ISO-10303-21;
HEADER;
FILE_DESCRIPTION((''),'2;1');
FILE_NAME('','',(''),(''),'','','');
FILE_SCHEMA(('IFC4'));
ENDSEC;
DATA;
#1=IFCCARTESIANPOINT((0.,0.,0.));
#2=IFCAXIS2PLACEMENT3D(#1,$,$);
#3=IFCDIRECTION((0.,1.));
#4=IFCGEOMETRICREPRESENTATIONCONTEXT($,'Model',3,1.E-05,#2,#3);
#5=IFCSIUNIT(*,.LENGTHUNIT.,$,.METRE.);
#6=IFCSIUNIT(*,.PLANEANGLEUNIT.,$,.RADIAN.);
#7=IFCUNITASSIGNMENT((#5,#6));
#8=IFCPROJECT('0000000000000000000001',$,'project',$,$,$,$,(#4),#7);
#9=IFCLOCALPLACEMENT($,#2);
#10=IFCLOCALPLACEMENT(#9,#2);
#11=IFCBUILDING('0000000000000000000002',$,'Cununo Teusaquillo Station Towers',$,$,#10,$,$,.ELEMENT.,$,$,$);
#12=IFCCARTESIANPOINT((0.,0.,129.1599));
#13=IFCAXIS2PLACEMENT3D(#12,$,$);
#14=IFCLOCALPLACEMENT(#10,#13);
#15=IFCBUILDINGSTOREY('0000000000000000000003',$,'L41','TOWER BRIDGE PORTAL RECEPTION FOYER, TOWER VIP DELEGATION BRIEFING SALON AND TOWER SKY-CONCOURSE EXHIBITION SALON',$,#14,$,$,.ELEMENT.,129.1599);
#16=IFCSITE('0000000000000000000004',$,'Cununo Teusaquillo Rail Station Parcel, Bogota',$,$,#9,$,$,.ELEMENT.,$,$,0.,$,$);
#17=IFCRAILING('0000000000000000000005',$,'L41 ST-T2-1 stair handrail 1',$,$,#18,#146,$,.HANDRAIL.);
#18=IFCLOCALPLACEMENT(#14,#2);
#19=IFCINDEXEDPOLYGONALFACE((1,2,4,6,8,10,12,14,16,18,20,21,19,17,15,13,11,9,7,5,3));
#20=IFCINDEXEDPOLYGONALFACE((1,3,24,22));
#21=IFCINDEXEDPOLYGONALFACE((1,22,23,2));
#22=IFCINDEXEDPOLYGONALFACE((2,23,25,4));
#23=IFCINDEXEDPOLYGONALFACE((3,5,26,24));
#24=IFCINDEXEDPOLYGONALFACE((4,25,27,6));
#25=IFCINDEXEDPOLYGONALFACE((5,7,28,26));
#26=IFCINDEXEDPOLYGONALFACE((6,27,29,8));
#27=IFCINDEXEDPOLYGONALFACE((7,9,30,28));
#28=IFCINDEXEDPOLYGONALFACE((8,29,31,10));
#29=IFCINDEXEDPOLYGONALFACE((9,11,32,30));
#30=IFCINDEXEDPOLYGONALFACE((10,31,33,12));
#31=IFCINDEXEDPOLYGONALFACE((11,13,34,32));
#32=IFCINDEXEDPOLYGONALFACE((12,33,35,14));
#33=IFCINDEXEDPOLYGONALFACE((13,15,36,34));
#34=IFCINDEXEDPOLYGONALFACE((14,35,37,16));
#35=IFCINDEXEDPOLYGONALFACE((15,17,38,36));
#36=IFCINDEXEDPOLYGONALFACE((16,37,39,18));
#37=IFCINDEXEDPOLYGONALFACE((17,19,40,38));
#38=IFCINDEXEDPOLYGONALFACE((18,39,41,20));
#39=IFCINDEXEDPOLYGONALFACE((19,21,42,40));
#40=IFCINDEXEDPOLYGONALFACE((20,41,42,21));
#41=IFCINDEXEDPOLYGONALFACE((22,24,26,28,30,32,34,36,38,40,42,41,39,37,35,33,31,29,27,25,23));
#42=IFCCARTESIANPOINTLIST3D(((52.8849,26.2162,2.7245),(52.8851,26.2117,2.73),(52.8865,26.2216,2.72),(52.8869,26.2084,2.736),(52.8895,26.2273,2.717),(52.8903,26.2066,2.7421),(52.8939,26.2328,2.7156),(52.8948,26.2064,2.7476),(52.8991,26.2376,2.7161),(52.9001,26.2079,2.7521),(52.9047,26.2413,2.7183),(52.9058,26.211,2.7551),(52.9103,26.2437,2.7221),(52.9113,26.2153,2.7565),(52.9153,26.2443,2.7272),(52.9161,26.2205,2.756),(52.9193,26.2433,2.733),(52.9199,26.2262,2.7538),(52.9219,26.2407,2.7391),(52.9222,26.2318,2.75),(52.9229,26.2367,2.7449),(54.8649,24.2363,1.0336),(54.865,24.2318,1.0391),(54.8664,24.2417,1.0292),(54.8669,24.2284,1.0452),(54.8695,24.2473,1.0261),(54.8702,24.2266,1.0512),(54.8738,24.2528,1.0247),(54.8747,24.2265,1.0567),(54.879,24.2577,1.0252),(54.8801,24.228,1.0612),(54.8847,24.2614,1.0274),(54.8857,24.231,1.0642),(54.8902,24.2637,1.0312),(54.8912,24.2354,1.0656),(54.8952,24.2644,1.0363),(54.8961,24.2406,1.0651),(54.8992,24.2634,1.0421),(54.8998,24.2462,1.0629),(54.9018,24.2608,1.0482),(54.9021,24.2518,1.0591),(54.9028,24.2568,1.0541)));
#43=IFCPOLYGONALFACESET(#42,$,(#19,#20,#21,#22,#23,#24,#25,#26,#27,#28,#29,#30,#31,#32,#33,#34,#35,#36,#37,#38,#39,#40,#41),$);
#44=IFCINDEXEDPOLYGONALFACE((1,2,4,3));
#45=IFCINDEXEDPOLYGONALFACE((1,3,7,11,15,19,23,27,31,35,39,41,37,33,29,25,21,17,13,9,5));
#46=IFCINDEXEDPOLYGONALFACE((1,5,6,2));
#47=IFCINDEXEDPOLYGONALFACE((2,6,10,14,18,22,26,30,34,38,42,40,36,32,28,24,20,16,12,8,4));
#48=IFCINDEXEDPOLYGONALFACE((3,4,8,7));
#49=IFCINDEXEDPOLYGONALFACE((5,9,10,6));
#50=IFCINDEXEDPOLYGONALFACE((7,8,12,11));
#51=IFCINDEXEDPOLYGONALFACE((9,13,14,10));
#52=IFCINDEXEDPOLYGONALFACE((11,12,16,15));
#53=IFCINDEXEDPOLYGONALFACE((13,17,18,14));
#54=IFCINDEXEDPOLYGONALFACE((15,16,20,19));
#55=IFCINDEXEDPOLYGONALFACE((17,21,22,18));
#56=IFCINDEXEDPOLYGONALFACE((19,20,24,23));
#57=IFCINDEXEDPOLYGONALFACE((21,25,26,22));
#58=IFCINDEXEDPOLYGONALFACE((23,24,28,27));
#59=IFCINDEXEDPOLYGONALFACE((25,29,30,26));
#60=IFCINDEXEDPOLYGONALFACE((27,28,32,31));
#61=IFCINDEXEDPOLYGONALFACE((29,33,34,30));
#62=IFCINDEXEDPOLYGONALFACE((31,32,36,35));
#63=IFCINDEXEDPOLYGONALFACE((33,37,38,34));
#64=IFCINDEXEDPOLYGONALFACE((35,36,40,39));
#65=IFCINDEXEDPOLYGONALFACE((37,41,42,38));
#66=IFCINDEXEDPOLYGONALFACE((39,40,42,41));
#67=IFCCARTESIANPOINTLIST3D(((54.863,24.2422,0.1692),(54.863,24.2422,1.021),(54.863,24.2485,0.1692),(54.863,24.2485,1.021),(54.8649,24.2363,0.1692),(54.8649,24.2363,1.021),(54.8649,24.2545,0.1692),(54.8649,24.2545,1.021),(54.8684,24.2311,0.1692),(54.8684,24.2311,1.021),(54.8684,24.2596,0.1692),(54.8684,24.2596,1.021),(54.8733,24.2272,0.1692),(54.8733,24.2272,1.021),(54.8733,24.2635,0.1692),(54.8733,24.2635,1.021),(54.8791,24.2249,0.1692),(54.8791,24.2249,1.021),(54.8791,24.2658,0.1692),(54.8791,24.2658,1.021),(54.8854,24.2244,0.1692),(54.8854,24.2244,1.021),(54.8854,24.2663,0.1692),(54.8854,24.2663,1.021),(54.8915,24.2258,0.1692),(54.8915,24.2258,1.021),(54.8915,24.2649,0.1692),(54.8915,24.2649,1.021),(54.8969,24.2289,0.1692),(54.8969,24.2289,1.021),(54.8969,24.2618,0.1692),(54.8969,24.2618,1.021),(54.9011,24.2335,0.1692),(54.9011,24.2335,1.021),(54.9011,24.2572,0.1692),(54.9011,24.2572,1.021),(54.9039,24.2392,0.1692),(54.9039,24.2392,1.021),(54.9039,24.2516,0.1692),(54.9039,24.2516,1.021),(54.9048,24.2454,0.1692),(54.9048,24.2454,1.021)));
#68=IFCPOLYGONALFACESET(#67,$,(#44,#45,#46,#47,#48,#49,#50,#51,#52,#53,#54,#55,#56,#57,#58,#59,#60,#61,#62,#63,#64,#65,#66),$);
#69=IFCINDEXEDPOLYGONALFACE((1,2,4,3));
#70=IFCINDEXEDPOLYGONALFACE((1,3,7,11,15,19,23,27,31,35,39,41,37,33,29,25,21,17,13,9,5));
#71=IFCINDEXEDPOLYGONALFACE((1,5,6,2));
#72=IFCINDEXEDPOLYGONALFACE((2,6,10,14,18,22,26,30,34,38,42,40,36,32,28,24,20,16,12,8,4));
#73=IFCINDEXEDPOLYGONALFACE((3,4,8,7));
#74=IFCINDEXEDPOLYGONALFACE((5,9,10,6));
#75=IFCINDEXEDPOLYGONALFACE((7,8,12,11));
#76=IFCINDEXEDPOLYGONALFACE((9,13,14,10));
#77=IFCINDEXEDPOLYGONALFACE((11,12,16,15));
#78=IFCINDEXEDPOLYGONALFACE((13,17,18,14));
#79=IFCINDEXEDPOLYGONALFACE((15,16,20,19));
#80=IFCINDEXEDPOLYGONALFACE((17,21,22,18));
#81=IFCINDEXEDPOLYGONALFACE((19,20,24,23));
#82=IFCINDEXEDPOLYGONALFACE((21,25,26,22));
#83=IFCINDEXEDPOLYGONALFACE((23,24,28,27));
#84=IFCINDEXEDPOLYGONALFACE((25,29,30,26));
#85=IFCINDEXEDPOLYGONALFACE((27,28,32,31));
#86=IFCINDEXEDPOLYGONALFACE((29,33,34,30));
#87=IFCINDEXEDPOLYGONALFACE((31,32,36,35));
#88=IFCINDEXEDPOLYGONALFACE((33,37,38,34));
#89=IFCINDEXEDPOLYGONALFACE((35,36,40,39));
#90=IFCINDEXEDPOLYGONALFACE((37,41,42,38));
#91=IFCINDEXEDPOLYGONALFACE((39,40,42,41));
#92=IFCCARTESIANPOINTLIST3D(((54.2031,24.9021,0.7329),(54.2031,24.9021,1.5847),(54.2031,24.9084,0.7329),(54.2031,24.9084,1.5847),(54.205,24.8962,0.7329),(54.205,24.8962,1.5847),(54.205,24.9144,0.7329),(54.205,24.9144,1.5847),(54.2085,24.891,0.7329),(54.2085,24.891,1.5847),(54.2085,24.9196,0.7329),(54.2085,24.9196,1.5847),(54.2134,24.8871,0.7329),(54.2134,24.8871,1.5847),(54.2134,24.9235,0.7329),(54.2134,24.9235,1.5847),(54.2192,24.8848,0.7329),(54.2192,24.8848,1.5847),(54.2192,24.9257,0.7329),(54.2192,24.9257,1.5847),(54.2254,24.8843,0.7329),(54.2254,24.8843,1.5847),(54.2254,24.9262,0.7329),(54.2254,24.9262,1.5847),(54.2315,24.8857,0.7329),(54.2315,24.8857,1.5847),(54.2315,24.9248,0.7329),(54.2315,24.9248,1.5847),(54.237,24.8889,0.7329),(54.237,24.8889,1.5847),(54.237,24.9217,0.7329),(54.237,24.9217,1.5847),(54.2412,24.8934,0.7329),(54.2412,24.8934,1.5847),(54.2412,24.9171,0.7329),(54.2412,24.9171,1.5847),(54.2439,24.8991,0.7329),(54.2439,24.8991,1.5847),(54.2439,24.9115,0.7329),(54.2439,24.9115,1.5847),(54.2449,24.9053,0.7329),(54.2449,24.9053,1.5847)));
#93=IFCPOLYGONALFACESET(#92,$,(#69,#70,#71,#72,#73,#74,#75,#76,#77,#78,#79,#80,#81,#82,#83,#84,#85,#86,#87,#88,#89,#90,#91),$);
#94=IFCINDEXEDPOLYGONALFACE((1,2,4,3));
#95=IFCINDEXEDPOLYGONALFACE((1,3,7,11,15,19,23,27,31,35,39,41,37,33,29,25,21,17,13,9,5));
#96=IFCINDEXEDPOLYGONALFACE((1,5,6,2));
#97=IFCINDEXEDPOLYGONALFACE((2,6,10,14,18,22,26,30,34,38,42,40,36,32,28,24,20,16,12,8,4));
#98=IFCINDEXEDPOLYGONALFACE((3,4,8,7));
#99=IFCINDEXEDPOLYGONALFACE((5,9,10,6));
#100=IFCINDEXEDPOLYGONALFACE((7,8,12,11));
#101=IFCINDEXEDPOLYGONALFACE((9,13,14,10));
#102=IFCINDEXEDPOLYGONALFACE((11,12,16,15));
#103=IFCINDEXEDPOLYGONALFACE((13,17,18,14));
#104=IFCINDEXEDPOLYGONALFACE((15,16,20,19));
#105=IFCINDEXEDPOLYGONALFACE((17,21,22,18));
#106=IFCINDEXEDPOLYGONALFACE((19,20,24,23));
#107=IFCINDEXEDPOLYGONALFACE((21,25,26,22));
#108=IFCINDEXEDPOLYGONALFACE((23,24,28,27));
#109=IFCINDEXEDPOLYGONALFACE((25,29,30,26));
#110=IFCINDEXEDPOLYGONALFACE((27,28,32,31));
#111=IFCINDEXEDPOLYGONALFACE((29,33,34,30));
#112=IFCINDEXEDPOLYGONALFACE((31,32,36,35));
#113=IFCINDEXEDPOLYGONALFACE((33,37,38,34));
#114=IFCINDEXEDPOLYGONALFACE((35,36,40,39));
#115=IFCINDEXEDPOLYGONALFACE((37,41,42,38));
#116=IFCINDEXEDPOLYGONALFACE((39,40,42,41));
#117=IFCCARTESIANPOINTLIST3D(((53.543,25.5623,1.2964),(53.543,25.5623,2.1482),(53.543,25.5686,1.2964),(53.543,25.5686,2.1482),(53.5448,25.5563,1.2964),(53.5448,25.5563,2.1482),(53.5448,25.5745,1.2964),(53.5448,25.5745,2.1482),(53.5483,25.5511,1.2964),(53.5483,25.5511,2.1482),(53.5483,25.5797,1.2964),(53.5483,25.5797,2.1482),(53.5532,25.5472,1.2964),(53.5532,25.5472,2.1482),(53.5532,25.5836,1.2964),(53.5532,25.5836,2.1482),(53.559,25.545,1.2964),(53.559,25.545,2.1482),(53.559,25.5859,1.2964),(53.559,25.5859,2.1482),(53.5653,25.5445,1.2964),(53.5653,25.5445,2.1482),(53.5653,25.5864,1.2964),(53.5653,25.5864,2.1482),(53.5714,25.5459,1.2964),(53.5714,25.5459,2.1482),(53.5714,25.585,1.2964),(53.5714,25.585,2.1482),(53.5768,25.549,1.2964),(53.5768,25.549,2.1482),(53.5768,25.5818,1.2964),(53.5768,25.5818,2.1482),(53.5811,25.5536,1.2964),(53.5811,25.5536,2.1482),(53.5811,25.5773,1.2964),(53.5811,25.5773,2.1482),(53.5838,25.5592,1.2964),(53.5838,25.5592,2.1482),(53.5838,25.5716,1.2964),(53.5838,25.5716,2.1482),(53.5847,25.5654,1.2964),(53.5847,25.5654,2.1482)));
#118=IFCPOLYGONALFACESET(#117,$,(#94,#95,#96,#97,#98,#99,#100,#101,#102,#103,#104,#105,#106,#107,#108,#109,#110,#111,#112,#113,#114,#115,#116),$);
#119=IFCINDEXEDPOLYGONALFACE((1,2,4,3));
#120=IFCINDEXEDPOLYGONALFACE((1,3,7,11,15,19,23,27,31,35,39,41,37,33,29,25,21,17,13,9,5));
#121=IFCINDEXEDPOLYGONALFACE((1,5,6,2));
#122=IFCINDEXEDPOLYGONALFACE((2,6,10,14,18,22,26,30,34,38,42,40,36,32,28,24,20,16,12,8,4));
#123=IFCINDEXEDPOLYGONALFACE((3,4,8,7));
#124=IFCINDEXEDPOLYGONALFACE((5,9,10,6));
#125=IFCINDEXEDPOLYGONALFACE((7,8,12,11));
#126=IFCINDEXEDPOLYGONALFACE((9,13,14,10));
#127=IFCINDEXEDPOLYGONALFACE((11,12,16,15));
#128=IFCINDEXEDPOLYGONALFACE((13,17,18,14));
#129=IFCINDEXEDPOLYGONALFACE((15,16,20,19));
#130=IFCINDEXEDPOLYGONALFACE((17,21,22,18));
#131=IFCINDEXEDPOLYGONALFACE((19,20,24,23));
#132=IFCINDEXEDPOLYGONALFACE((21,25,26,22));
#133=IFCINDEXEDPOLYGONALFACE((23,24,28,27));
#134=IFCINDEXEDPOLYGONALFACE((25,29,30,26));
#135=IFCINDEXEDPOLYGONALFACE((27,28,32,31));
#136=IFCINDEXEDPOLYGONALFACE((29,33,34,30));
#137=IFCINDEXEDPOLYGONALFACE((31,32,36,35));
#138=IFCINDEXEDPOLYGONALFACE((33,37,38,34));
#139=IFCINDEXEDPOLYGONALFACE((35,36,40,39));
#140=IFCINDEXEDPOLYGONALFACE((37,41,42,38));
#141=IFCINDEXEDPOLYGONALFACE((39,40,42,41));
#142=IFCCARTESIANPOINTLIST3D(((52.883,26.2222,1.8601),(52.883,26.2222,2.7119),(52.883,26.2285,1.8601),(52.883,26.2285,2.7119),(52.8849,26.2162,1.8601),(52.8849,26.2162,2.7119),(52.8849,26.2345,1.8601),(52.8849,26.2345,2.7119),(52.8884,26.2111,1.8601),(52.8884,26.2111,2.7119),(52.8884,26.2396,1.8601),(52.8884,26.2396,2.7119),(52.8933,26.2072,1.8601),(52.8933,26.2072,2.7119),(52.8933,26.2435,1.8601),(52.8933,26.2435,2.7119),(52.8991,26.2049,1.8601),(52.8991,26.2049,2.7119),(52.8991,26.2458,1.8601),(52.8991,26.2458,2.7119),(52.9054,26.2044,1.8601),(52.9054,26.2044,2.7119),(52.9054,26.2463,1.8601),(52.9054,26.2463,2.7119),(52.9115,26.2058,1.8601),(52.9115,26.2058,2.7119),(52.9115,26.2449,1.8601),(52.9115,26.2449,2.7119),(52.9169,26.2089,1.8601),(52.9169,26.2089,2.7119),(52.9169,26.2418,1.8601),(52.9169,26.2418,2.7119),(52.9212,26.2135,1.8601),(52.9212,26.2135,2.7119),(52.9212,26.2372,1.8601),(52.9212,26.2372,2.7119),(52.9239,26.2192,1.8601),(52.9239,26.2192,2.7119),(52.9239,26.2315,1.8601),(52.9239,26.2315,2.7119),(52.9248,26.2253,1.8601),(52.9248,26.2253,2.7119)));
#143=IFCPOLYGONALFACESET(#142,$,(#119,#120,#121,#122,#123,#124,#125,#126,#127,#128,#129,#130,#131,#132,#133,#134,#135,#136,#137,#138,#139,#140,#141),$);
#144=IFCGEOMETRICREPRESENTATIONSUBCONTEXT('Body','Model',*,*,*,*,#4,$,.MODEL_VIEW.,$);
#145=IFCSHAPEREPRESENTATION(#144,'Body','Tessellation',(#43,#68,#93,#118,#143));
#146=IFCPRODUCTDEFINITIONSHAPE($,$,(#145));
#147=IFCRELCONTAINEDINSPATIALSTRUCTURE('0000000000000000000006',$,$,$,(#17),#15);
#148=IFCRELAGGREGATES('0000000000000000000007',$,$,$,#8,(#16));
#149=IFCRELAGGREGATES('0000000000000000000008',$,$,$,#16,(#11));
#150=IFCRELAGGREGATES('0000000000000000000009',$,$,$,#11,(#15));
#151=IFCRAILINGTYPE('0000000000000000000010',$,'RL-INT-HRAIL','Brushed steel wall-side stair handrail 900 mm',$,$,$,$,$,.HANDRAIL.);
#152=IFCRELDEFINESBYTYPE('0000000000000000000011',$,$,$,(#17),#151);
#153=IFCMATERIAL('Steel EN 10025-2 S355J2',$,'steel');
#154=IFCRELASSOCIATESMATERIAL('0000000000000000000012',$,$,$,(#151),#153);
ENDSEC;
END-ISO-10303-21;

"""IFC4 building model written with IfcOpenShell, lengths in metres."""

from ifc_helpers import new_model, si_unit, direction, frame, origin, origin_2d, place, context, subcontext, project, spatial, circle, extrude, material, type_object, element, save


model = new_model("IFC4")

# Units and contexts
model_context = context("Model", 3, precision=1e-05, world=origin(), true_north=direction((0.0, 1.0)))
body_context = subcontext(model_context, "Body", "Model", "MODEL_VIEW")
ifc_project = project(units=[si_unit("LENGTHUNIT", "METRE"), si_unit("PLANEANGLEUNIT", "RADIAN")], contexts=[model_context])

# Site, building, storey
site_placement = place(None, origin())
site = spatial("IfcSite", under=ifc_project, at=site_placement, Name="Cununo Teusaquillo Rail Station Parcel, Bogota", CompositionType="ELEMENT", RefElevation=0.0)
building_placement = place(site_placement, origin())
building = spatial("IfcBuilding", under=site, at=building_placement, Name="Cununo Teusaquillo Station Towers", CompositionType="ELEMENT")
storey_placement = place(building_placement, frame((0.0, 0.0, 129.1599)))
storey = spatial("IfcBuildingStorey", under=building, at=storey_placement, Name="L41", Description="TOWER BRIDGE PORTAL RECEPTION FOYER, TOWER VIP DELEGATION BRIEFING SALON AND TOWER SKY-CONCOURSE EXHIBITION SALON", CompositionType="ELEMENT", Elevation=129.1599)

# Railing
ifc_material_1 = material(Name="Steel EN 10025-2 S355J2", Category="steel")
railing_type_1 = type_object("IfcRailingType", Name="RL-INT-HRAIL", Description="Brushed steel wall-side stair handrail 900 mm", PredefinedType="HANDRAIL", material=ifc_material_1)
railing_1_placement = place(storey_placement, frame((54.8838, 24.2454, 0.1692)))
element("IfcRailing", 1, at=railing_1_placement, inside=storey, type_object=railing_type_1, Name="L41 ST-T2-1 stair handrail 1", PredefinedType="HANDRAIL", context=body_context, shape_type="SweptSolid", body=[
    extrude(circle(Radius=0.0239, at=origin_2d()), frame((0.0, 0.0, 0.876), z_axis=(-0.605302, 0.605302, 0.516932), x_axis=(-0.707107, -0.707107, 0.0)), (0.0, 0.0, 1.0), 3.271),
    extrude(circle(Radius=0.021, at=origin_2d()), origin(), (0.0, 0.0, 1.0), 0.8518),
    extrude(circle(Radius=0.021, at=origin_2d()), frame((-0.6599, 0.6599, 0.5637)), (0.0, 0.0, 1.0), 0.8518),
    extrude(circle(Radius=0.021, at=origin_2d()), frame((-1.3201, 1.3201, 1.1272)), (0.0, 0.0, 1.0), 0.8518),
    extrude(circle(Radius=0.021, at=origin_2d()), frame((-1.98, 1.98, 1.6909)), (0.0, 0.0, 1.0), 0.8518),
])

save(model, "model.ifc")
